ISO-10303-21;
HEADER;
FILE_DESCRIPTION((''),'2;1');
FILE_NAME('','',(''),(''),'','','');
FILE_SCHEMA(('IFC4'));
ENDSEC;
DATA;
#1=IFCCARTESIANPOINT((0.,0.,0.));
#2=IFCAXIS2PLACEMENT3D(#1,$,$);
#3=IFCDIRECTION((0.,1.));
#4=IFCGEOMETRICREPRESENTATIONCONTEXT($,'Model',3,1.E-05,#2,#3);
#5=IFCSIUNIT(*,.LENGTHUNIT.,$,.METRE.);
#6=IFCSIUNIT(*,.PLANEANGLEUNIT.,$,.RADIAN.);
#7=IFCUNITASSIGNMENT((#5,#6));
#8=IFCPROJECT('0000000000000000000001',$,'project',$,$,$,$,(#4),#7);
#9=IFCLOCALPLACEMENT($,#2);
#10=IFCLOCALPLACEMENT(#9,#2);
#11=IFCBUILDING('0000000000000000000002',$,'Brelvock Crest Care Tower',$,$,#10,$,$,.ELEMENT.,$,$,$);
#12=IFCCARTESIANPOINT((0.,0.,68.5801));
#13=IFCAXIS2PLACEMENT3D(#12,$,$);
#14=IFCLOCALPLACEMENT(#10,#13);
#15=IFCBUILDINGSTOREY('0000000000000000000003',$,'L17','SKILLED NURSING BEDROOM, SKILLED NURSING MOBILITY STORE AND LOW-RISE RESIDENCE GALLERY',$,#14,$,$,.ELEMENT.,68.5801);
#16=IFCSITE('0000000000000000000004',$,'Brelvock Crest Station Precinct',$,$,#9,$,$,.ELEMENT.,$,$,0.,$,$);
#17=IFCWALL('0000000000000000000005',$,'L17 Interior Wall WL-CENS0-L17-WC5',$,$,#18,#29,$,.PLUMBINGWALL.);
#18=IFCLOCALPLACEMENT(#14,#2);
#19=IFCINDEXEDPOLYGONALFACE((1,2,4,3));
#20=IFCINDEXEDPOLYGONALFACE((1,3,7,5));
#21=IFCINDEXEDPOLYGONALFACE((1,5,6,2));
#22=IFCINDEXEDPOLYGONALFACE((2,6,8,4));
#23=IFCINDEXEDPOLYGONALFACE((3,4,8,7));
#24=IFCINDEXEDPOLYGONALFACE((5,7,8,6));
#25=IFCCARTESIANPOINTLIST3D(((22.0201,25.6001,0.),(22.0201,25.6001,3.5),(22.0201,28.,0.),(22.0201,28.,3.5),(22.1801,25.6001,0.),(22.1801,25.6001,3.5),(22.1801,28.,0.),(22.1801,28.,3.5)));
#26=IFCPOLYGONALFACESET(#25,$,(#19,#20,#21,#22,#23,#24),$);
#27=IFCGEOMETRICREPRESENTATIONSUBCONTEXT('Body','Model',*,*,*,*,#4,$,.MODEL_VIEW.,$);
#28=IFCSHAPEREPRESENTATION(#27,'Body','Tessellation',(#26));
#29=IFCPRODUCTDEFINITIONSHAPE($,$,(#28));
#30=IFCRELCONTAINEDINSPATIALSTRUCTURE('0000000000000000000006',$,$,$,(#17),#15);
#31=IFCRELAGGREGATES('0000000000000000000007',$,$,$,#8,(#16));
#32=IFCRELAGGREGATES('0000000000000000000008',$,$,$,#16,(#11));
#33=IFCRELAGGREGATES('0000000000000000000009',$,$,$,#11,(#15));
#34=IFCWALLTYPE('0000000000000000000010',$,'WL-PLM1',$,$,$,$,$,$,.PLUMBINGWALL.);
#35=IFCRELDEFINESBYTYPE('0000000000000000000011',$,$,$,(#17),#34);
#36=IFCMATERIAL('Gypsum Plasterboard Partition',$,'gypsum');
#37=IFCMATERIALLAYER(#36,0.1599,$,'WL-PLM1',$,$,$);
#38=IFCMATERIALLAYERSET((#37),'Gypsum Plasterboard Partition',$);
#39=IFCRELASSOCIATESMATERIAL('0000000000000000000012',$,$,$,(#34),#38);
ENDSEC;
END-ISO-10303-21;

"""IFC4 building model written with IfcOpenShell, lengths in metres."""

from ifc_helpers import new_model, si_unit, direction, frame, frame_2d, origin, place, context, subcontext, project, spatial, rectangle, extrude, material, layer, layer_set, type_object, element, save


model = new_model("IFC4")

# Units and contexts
model_context = context("Model", 3, precision=1e-05, world=origin(), true_north=direction((0.0, 1.0)))
body_context = subcontext(model_context, "Body", "Model", "MODEL_VIEW")
ifc_project = project(units=[si_unit("LENGTHUNIT", "METRE"), si_unit("PLANEANGLEUNIT", "RADIAN")], contexts=[model_context])

# Site, building, storey
site_placement = place(None, origin())
site = spatial("IfcSite", under=ifc_project, at=site_placement, Name="Brelvock Crest Station Precinct", CompositionType="ELEMENT", RefElevation=0.0)
building_placement = place(site_placement, origin())
building = spatial("IfcBuilding", under=site, at=building_placement, Name="Brelvock Crest Care Tower", CompositionType="ELEMENT")
storey_placement = place(building_placement, frame((0.0, 0.0, 68.5801)))
storey = spatial("IfcBuildingStorey", under=building, at=storey_placement, Name="L17", Description="SKILLED NURSING BEDROOM, SKILLED NURSING MOBILITY STORE AND LOW-RISE RESIDENCE GALLERY", CompositionType="ELEMENT", Elevation=68.5801)

# Wall
ifc_material_1 = material(Name="Gypsum Plasterboard Partition", Category="gypsum")
ifc_layer_1 = layer(ifc_material_1, 0.1599, Name="WL-PLM1")
ifc_layer_set_1 = layer_set([ifc_layer_1], Name="Gypsum Plasterboard Partition")
wall_type_1 = type_object("IfcWallType", Name="WL-PLM1", PredefinedType="PLUMBINGWALL", material=ifc_layer_set_1)
wall_1_placement = place(storey_placement, frame((22.1001, 25.6001, 0.0), z_axis=(0.0, 0.0, 1.0), x_axis=(0.0, 1.0, 0.0)))
element("IfcWall", 1, at=wall_1_placement, inside=storey, type_object=wall_type_1, Name="L17 Interior Wall WL-CENS0-L17-WC5", PredefinedType="PLUMBINGWALL", context=body_context, shape_type="SweptSolid", body=[
    extrude(rectangle(XDim=2.3999, YDim=0.1599, at=frame_2d((1.2, 0.0))), origin(), (0.0, 0.0, 1.0), 3.5),
])

save(model, "model.ifc")
